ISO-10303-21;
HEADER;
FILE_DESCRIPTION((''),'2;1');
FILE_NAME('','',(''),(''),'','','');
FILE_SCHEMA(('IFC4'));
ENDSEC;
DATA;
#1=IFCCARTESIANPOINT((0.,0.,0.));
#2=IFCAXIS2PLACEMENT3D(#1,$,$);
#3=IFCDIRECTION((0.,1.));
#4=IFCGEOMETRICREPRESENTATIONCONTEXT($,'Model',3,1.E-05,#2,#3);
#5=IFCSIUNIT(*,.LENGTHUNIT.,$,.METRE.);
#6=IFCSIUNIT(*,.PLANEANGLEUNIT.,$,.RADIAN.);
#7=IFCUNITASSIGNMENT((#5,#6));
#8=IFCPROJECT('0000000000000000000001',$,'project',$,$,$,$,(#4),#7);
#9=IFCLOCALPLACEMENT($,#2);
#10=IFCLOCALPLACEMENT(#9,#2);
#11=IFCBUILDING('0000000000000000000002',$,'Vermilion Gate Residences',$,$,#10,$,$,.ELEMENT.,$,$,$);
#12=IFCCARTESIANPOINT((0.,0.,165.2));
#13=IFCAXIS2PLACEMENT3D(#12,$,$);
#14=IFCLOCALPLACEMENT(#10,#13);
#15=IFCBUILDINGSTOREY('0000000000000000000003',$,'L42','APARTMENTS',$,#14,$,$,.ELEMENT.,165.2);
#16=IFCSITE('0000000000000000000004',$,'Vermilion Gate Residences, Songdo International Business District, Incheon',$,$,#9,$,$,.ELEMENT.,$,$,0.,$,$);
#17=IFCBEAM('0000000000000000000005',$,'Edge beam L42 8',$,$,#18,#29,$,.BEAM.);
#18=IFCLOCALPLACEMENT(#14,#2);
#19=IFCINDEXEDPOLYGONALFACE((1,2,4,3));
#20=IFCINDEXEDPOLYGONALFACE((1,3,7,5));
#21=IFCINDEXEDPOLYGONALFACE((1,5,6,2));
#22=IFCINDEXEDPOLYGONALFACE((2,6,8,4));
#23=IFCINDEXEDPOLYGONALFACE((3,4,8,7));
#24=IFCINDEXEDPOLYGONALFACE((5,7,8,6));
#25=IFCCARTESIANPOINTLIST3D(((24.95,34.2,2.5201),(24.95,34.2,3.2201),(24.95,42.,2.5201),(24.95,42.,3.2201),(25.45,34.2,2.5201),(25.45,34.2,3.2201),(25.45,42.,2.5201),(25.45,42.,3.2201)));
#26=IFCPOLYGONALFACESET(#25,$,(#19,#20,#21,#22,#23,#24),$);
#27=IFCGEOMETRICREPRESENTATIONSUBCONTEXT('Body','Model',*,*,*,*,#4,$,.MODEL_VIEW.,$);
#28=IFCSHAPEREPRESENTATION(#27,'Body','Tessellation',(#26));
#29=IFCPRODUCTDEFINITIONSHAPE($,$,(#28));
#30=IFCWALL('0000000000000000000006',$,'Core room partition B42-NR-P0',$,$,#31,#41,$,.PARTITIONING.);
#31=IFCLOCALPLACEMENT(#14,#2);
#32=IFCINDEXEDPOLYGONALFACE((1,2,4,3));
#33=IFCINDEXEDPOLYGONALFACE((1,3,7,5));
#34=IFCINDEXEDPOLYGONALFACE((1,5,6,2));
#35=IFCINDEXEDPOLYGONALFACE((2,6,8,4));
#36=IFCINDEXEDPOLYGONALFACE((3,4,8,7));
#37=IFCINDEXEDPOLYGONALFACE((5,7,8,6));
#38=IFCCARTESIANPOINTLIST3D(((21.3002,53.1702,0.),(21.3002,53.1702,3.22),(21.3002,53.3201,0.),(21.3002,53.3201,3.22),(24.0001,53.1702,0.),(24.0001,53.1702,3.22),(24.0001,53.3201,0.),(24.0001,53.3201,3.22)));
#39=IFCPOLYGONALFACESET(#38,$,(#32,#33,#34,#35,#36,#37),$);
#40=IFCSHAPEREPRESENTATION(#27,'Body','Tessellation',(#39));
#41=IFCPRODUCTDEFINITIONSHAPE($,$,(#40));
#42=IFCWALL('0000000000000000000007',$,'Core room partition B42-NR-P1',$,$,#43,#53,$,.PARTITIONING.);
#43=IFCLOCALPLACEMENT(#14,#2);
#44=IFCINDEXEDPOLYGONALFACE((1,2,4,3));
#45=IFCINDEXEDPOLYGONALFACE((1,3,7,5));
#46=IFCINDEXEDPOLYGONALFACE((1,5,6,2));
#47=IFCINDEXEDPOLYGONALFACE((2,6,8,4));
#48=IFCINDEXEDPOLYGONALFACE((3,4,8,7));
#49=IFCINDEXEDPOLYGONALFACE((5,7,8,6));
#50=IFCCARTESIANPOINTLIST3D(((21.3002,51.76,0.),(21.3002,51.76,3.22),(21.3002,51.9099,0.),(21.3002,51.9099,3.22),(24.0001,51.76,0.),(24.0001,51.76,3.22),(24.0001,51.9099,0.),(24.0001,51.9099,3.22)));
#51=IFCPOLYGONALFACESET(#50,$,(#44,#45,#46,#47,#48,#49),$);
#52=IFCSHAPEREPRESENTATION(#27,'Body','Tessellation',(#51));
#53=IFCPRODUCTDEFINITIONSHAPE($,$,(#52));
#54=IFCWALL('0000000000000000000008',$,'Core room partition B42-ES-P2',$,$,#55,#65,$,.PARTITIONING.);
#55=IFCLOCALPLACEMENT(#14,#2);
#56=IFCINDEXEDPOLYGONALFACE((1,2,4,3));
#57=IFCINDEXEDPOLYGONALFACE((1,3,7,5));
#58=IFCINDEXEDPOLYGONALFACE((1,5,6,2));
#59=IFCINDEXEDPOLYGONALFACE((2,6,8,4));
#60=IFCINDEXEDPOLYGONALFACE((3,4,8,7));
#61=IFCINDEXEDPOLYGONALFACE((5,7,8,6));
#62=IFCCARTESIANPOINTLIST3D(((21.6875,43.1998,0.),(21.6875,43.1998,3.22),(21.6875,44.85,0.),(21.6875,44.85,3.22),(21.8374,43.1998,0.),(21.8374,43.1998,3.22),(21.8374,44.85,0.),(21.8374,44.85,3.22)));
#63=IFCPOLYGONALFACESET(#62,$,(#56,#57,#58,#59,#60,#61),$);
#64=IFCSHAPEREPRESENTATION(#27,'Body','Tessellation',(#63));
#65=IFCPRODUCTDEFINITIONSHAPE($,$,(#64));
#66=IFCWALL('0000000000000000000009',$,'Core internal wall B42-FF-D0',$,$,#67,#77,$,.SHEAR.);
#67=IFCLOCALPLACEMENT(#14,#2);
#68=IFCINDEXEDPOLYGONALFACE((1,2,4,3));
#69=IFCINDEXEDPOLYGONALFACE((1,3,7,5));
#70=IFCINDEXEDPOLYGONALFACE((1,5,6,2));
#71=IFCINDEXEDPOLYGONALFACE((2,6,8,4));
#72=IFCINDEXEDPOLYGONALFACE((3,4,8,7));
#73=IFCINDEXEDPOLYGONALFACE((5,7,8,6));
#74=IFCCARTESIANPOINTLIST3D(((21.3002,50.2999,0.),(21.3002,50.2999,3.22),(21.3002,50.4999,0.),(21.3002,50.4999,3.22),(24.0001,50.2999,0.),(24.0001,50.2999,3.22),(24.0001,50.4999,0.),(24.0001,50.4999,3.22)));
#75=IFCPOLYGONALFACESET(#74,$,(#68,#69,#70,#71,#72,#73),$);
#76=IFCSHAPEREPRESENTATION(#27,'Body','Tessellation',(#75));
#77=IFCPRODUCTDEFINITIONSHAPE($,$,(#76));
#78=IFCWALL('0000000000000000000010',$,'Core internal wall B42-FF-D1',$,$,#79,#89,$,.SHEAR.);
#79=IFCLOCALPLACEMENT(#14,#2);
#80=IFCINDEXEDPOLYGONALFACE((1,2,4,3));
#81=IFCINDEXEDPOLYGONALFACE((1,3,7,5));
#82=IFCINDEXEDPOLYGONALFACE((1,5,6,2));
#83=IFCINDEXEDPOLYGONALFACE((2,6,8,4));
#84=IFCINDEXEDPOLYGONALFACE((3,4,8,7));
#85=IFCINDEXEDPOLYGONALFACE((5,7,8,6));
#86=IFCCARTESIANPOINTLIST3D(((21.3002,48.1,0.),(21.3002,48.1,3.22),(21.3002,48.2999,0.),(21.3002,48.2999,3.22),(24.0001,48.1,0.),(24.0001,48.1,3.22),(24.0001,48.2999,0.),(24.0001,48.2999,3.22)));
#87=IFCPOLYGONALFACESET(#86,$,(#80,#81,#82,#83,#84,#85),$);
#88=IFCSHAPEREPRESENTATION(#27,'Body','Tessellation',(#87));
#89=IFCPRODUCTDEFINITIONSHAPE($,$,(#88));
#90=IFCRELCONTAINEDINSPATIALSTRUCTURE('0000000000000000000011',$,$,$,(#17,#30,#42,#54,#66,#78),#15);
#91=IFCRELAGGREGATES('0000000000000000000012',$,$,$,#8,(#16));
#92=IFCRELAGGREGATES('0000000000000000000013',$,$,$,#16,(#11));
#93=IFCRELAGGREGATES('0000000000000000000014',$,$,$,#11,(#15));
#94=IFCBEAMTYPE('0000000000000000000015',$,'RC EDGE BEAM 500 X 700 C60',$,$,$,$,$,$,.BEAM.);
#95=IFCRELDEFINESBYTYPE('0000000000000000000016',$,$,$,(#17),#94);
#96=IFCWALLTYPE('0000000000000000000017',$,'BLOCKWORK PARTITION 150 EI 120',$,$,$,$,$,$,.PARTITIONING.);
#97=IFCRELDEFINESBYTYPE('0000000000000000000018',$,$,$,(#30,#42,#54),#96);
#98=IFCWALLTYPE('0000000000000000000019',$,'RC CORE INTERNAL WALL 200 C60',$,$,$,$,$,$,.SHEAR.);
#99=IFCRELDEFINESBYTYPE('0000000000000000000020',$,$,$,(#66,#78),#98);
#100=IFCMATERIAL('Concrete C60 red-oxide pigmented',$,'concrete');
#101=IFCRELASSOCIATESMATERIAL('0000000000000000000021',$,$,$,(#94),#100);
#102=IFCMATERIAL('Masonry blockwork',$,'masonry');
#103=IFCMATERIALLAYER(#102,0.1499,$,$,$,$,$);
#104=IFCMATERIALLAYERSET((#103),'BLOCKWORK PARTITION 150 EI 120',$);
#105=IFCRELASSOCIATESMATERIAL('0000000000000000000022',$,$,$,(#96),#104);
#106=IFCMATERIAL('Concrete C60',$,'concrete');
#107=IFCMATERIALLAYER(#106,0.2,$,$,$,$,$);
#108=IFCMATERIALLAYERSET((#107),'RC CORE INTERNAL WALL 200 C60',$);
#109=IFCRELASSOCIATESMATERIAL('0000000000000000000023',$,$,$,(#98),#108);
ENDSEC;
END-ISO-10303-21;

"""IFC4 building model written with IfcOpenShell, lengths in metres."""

from ifc_helpers import new_model, si_unit, direction, frame, frame_2d, origin, origin_2d, place, context, subcontext, project, spatial, rectangle, extrude, material, layer, layer_set, material_profile, profile_set, type_object, element, save


model = new_model("IFC4")

# Units and contexts
model_context = context("Model", 3, precision=1e-05, world=origin(), true_north=direction((0.0, 1.0)))
body_context = subcontext(model_context, "Body", "Model", "MODEL_VIEW")
ifc_project = project(units=[si_unit("LENGTHUNIT", "METRE"), si_unit("PLANEANGLEUNIT", "RADIAN")], contexts=[model_context])

# Site, building, storey
site_placement = place(None, origin())
site = spatial("IfcSite", under=ifc_project, at=site_placement, Name="Vermilion Gate Residences, Songdo International Business District, Incheon", CompositionType="ELEMENT", RefElevation=0.0)
building_placement = place(site_placement, origin())
building = spatial("IfcBuilding", under=site, at=building_placement, Name="Vermilion Gate Residences", CompositionType="ELEMENT")
storey_placement = place(building_placement, frame((0.0, 0.0, 165.2)))
storey = spatial("IfcBuildingStorey", under=building, at=storey_placement, Name="L42", Description="APARTMENTS", CompositionType="ELEMENT", Elevation=165.2)

# Beam
ifc_material_1 = material(Name="Concrete C60 red-oxide pigmented", Category="concrete")
ifc_material_profile_1 = material_profile(ifc_material_1, rectangle(XDim=0.5, YDim=0.7, at=origin_2d()), Name="RC-500x700")
ifc_profile_set_1 = profile_set([ifc_material_profile_1], Name="Concrete C60 red-oxide pigmented")
beam_type = type_object("IfcBeamType", Name="RC EDGE BEAM 500 X 700 C60", PredefinedType="BEAM", material=ifc_profile_set_1)
beam_placement = place(storey_placement, frame((25.2, 34.2, 2.8701), z_axis=(0.0, 1.0, 0.0), x_axis=(-1.0, 0.0, 0.0)))
element("IfcBeam", 1, at=beam_placement, inside=storey, type_object=beam_type, Name="Edge beam L42 8", PredefinedType="BEAM", context=body_context, shape_type="SweptSolid", body=[
    extrude(rectangle(XDim=0.5, YDim=0.7, at=origin_2d()), origin(), (0.0, 0.0, 1.0), 7.8),
])

# Walls
ifc_material_2 = material(Name="Masonry blockwork", Category="masonry")
ifc_layer_1 = layer(ifc_material_2, 0.1499)
ifc_layer_set_1 = layer_set([ifc_layer_1], Name="BLOCKWORK PARTITION 150 EI 120")
wall_type_1 = type_object("IfcWallType", Name="BLOCKWORK PARTITION 150 EI 120", PredefinedType="PARTITIONING", material=ifc_layer_set_1)
for number, where, z_axis, x_axis, name in (
    (2, (21.3, 53.2451, 0.0), (0.0, 0.0, 1.0), (1.0, 0.0, 0.0), "Core room partition B42-NR-P0"),
    (3, (21.3, 51.835, 0.0), (0.0, 0.0, 1.0), (1.0, 0.0, 0.0), "Core room partition B42-NR-P1"),
):
    element("IfcWall", number, at=place(storey_placement, frame(where, z_axis=z_axis, x_axis=x_axis)), inside=storey, type_object=wall_type_1, Name=name, PredefinedType="PARTITIONING", context=body_context, shape_type="SweptSolid", body=[
        extrude(rectangle(XDim=2.7, YDim=0.1499, at=frame_2d((1.3501, 0.0))), origin(), (0.0, 0.0, 1.0), 3.22),
    ])
wall_1_placement = place(storey_placement, frame((21.7625, 44.8501, 0.0), z_axis=(0.0, 0.0, 1.0), x_axis=(0.0, -1.0, 0.0)))
element("IfcWall", 4, at=wall_1_placement, inside=storey, type_object=wall_type_1, Name="Core room partition B42-ES-P2", PredefinedType="PARTITIONING", context=body_context, shape_type="SweptSolid", body=[
    extrude(rectangle(XDim=1.6501, YDim=0.1499, at=frame_2d((0.8252, 0.0))), origin(), (0.0, 0.0, 1.0), 3.22),
])
ifc_material_3 = material(Name="Concrete C60", Category="concrete")
ifc_layer_2 = layer(ifc_material_3, 0.2)
ifc_layer_set_2 = layer_set([ifc_layer_2], Name="RC CORE INTERNAL WALL 200 C60")
wall_type_2 = type_object("IfcWallType", Name="RC CORE INTERNAL WALL 200 C60", PredefinedType="SHEAR", material=ifc_layer_set_2)
for number, where, z_axis, x_axis, name in (
    (5, (21.3, 50.3999, 0.0), (0.0, 0.0, 1.0), (1.0, 0.0, 0.0), "Core internal wall B42-FF-D0"),
    (6, (21.3, 48.2, 0.0), (0.0, 0.0, 1.0), (1.0, 0.0, 0.0), "Core internal wall B42-FF-D1"),
):
    element("IfcWall", number, at=place(storey_placement, frame(where, z_axis=z_axis, x_axis=x_axis)), inside=storey, type_object=wall_type_2, Name=name, PredefinedType="SHEAR", context=body_context, shape_type="SweptSolid", body=[
        extrude(rectangle(XDim=2.7, YDim=0.2, at=frame_2d((1.3501, 0.0))), origin(), (0.0, 0.0, 1.0), 3.22),
    ])

save(model, "model.ifc")
